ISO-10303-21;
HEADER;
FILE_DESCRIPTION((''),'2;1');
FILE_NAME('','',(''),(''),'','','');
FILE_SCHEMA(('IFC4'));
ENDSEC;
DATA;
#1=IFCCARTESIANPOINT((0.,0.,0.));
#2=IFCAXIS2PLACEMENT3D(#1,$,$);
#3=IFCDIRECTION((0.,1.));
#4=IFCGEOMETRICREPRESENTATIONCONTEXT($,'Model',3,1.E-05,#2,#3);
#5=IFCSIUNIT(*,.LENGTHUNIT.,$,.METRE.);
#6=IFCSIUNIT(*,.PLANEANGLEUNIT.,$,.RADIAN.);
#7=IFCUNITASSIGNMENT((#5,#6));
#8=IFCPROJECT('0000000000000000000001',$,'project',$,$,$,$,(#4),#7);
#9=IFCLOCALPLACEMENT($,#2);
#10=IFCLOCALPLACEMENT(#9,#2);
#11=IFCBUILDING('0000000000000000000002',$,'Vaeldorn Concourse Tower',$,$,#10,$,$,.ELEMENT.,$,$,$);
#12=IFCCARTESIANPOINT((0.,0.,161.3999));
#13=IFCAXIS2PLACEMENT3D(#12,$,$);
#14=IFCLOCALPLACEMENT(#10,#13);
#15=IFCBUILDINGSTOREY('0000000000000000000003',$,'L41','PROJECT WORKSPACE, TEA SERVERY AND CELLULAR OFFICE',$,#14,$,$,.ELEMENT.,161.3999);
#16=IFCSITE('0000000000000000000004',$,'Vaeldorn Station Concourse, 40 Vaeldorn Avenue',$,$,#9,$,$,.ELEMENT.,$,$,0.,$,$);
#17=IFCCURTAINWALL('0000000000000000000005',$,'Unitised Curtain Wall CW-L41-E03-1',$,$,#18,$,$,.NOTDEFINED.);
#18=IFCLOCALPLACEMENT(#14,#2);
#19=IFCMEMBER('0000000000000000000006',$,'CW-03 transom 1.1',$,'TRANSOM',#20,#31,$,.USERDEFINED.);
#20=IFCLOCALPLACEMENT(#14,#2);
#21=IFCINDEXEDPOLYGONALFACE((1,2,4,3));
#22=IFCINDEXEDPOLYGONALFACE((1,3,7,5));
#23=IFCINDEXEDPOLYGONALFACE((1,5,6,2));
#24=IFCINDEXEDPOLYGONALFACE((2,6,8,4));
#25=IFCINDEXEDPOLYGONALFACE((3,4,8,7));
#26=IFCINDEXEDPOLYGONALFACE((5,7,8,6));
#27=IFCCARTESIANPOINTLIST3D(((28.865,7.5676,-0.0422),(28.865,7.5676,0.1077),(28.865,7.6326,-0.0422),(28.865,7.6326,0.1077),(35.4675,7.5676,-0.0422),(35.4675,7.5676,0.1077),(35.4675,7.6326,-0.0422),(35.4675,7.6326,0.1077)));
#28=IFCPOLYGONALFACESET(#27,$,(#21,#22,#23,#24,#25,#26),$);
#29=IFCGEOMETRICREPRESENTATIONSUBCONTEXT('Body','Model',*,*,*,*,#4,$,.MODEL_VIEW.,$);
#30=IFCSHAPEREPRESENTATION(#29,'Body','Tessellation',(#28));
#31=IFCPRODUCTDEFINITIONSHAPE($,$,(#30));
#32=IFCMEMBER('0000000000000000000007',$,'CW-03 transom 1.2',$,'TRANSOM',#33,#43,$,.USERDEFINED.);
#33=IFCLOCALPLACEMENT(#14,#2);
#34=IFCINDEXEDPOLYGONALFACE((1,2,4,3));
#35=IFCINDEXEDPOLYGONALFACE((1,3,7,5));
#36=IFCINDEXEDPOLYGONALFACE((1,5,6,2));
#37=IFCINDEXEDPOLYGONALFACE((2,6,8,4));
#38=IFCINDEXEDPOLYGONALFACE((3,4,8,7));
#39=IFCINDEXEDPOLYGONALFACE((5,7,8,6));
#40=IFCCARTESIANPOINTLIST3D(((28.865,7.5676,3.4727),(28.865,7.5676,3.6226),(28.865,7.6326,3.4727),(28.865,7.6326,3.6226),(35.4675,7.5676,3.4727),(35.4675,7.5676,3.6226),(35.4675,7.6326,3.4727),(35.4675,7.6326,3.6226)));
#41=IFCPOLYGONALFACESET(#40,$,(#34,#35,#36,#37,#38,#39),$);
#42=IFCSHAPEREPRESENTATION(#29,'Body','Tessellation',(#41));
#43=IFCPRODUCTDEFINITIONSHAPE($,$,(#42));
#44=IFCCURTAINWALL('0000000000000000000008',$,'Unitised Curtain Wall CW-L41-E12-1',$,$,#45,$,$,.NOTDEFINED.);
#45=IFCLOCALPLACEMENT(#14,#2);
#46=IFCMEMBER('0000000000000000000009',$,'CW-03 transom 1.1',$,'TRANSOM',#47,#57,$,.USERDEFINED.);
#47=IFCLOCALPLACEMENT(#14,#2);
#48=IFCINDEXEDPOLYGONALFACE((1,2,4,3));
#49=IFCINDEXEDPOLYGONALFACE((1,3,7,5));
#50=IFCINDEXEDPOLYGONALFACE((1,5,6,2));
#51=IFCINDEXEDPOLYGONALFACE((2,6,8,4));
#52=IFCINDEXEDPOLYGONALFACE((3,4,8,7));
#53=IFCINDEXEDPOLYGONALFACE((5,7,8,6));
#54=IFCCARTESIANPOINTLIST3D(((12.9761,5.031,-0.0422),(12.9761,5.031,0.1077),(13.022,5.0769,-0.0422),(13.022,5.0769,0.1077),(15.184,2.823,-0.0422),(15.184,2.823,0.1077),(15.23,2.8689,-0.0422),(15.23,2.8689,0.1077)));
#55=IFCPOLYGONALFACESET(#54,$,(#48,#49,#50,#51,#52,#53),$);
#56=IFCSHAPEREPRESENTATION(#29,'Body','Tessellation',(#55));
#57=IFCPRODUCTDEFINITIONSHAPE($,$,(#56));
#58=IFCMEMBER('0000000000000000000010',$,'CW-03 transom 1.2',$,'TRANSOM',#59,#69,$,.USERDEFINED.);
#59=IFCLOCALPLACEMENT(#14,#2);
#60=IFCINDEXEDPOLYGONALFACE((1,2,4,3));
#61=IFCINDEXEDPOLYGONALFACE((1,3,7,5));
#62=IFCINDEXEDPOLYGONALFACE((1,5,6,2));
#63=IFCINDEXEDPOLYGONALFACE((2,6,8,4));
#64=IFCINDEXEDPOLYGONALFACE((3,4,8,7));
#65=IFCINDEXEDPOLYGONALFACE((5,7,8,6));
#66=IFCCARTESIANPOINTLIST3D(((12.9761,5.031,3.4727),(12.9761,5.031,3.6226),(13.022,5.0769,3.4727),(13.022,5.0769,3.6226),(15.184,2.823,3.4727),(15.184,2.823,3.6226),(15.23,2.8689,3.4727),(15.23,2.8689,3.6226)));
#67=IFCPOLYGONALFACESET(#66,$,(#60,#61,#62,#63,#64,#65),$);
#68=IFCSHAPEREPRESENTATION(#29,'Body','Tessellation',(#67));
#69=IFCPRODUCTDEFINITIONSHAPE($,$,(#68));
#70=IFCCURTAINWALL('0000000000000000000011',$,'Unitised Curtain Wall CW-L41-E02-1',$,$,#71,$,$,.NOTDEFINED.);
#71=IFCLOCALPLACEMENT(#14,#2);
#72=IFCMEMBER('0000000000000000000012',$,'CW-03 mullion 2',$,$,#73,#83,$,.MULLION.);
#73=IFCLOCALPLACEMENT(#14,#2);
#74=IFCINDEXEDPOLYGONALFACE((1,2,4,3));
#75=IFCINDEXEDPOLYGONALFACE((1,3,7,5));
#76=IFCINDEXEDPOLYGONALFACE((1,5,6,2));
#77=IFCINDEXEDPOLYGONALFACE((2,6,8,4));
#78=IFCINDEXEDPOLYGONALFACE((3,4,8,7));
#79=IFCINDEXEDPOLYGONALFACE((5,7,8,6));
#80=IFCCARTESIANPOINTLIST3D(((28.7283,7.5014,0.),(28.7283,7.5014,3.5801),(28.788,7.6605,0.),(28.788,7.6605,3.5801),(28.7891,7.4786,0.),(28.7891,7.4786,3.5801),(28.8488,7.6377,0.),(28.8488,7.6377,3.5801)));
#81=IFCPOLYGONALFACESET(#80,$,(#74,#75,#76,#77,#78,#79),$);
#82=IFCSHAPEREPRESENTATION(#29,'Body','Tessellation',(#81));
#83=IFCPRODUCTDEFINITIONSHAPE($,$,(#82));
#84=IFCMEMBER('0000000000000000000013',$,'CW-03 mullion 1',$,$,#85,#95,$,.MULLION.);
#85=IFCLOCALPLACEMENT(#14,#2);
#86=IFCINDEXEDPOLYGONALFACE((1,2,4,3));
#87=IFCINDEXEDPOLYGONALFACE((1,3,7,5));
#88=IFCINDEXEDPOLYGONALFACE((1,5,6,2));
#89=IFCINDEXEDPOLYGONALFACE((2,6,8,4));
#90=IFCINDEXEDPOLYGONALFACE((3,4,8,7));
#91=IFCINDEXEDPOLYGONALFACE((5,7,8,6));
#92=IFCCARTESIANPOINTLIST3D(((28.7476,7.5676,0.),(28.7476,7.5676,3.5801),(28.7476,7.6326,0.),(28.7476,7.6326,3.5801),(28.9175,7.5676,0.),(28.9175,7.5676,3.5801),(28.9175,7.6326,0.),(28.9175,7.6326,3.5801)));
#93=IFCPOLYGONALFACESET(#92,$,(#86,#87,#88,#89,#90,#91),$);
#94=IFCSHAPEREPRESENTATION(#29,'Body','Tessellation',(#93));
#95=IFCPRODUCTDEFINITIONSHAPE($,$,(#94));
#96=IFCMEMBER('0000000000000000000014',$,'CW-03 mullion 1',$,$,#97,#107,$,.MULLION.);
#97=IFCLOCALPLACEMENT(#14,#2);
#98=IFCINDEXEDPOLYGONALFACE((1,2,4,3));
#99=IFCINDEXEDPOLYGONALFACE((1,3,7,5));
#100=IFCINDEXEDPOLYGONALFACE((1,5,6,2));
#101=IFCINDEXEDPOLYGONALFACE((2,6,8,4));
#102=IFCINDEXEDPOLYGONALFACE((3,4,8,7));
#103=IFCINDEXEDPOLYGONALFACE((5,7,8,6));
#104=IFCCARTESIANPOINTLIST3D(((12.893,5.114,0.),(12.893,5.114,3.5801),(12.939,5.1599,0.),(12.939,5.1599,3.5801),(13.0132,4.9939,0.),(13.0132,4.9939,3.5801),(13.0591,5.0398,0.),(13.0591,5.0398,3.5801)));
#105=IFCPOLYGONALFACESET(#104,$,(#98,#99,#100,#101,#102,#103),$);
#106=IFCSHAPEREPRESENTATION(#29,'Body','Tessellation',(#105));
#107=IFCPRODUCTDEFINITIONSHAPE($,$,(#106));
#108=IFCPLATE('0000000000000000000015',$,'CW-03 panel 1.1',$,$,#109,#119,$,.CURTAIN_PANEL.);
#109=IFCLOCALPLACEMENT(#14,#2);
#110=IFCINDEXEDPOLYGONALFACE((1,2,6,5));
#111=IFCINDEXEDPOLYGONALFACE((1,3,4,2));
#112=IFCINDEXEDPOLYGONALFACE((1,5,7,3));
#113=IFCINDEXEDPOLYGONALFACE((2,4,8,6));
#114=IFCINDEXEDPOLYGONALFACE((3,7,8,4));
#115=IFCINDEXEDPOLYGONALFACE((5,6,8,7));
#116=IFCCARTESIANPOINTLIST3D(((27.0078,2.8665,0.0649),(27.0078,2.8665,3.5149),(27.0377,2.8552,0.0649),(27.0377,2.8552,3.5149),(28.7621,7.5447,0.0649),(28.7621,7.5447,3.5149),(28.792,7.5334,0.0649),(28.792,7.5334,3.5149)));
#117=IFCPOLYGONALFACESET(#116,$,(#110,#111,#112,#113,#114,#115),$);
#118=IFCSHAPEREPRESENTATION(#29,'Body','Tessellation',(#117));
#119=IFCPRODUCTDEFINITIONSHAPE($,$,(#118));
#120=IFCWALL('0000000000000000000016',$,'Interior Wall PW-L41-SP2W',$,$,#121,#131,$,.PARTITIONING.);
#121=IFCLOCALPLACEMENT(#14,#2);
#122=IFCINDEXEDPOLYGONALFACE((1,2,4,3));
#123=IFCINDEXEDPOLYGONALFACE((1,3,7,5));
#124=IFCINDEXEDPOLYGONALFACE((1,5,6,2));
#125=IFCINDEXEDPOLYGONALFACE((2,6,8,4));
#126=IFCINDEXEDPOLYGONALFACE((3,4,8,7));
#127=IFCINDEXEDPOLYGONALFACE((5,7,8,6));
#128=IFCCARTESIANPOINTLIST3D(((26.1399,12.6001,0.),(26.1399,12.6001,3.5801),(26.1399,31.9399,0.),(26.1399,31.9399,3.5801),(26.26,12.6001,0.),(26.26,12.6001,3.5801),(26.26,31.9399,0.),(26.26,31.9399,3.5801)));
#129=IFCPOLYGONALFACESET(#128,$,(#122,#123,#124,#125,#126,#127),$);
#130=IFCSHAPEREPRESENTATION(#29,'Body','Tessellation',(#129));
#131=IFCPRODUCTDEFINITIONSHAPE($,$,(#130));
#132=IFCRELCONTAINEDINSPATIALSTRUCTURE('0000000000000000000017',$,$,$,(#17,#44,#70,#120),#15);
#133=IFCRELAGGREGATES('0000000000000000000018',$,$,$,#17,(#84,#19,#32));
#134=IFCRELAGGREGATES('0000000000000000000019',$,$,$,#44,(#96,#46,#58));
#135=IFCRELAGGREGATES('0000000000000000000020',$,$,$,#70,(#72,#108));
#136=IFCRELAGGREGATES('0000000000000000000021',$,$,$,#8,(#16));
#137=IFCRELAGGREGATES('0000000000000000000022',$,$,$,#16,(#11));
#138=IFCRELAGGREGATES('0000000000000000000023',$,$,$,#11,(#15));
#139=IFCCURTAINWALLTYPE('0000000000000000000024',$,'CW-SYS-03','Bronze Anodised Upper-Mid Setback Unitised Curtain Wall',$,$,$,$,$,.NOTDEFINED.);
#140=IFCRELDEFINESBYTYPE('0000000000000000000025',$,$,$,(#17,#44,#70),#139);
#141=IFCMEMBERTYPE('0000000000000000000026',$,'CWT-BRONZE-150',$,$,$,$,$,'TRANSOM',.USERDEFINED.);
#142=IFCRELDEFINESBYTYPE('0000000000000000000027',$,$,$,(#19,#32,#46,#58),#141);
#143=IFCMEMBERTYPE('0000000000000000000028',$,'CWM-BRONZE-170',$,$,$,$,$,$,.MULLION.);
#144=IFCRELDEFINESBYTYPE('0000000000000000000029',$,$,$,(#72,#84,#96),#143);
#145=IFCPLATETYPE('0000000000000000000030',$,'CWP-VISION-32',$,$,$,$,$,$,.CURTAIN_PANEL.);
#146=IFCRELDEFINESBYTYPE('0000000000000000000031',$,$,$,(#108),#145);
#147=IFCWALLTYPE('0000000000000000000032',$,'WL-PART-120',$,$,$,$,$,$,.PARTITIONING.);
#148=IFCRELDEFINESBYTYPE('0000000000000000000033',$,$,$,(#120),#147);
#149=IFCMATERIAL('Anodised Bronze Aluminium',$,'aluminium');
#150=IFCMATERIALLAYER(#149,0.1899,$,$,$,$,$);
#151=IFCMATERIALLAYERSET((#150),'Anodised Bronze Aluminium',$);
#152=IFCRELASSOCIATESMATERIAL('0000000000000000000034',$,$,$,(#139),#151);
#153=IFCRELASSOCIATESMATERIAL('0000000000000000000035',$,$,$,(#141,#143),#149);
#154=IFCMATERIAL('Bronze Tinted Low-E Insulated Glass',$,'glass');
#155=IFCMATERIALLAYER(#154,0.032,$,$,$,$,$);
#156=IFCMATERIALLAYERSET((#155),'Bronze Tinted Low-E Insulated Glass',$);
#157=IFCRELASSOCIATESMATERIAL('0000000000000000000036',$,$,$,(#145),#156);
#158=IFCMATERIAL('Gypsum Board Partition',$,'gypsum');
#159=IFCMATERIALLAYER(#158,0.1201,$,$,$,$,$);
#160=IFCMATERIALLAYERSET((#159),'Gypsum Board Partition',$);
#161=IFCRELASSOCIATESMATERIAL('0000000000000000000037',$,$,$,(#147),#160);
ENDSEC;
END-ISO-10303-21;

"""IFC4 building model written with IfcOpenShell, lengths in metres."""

from ifc_helpers import new_model, si_unit, direction, frame, frame_2d, origin, origin_2d, place, context, subcontext, project, spatial, rectangle, extrude, source, transform, mapped, material, layer, layer_set, material_profile, profile_set, type_object, element, aggregate, save


model = new_model("IFC4")

# Units and contexts
model_context = context("Model", 3, precision=1e-05, world=origin(), true_north=direction((0.0, 1.0)))
body_context = subcontext(model_context, "Body", "Model", "MODEL_VIEW")
ifc_project = project(units=[si_unit("LENGTHUNIT", "METRE"), si_unit("PLANEANGLEUNIT", "RADIAN")], contexts=[model_context])

# Site, building, storey
site_placement = place(None, origin())
site = spatial("IfcSite", under=ifc_project, at=site_placement, Name="Vaeldorn Station Concourse, 40 Vaeldorn Avenue", CompositionType="ELEMENT", RefElevation=0.0)
building_placement = place(site_placement, origin())
building = spatial("IfcBuilding", under=site, at=building_placement, Name="Vaeldorn Concourse Tower", CompositionType="ELEMENT")
storey_placement = place(building_placement, frame((0.0, 0.0, 161.3999)))
storey = spatial("IfcBuildingStorey", under=building, at=storey_placement, Name="L41", Description="PROJECT WORKSPACE, TEA SERVERY AND CELLULAR OFFICE", CompositionType="ELEMENT", Elevation=161.3999)

# Curtain walls, members
ifc_material_1 = material(Name="Anodised Bronze Aluminium", Category="aluminium")
ifc_layer_1 = layer(ifc_material_1, 0.1899)
ifc_layer_set_1 = layer_set([ifc_layer_1], Name="Anodised Bronze Aluminium")
curtain_wall_type = type_object("IfcCurtainWallType", Name="CW-SYS-03", Description="Bronze Anodised Upper-Mid Setback Unitised Curtain Wall", PredefinedType="NOTDEFINED", material=ifc_layer_set_1)
curtain_wall_1_placement = place(storey_placement, origin())
curtain_wall_1 = element("IfcCurtainWall", 1, at=curtain_wall_1_placement, inside=storey, type_object=curtain_wall_type, Name="Unitised Curtain Wall CW-L41-E03-1", PredefinedType="NOTDEFINED")
ifc_material_profile_1 = material_profile(ifc_material_1, rectangle(XDim=0.0649, YDim=0.1499, at=origin_2d()), Name="CWT 65x150")
ifc_profile_set_1 = profile_set([ifc_material_profile_1], Name="Anodised Bronze Aluminium")
member_type_1 = type_object("IfcMemberType", Name="CWT-BRONZE-150", ElementType="TRANSOM", PredefinedType="USERDEFINED", material=ifc_profile_set_1)
shared_shape_1 = source(origin(), body_context, "Body", "SweptSolid", [
    extrude(rectangle(XDim=0.0649, YDim=0.1499, at=origin_2d()), origin(), (0.0, 0.0, 1.0), 6.6025),
])
member_1_placement = place(storey_placement, frame((28.865, 7.6001, 0.0327), z_axis=(1.0, 0.0, 0.0), x_axis=(0.0, 1.0, 0.0)))
member_1 = element("IfcMember", 2, at=member_1_placement, type_object=member_type_1, Name="CW-03 transom 1.1", ObjectType="TRANSOM", PredefinedType="USERDEFINED", context=body_context, shape_type="MappedRepresentation", body=[
    mapped(shared_shape_1, transform((0.0, 0.0, 0.0), scale=1.0)),
])
member_2_placement = place(storey_placement, frame((28.865, 7.6001, 3.5476), z_axis=(1.0, 0.0, 0.0), x_axis=(0.0, 1.0, 0.0)))
member_2 = element("IfcMember", 3, at=member_2_placement, type_object=member_type_1, Name="CW-03 transom 1.2", ObjectType="TRANSOM", PredefinedType="USERDEFINED", context=body_context, shape_type="MappedRepresentation", body=[
    mapped(shared_shape_1, transform((0.0, 0.0, 0.0), scale=1.0)),
])
curtain_wall_2_placement = place(storey_placement, origin())
curtain_wall_2 = element("IfcCurtainWall", 4, at=curtain_wall_2_placement, inside=storey, type_object=curtain_wall_type, Name="Unitised Curtain Wall CW-L41-E12-1", PredefinedType="NOTDEFINED")
shared_shape_2 = source(origin(), body_context, "Body", "SweptSolid", [
    extrude(rectangle(XDim=0.0649, YDim=0.1499, at=origin_2d()), origin(), (0.0, 0.0, 1.0), 3.1226),
])
member_3_placement = place(storey_placement, frame((12.999, 5.054, 0.0327), z_axis=(0.707107, -0.707107, 0.0), x_axis=(0.707107, 0.707107, 0.0)))
member_3 = element("IfcMember", 5, at=member_3_placement, type_object=member_type_1, Name="CW-03 transom 1.1", ObjectType="TRANSOM", PredefinedType="USERDEFINED", context=body_context, shape_type="MappedRepresentation", body=[
    mapped(shared_shape_2, transform((0.0, 0.0, 0.0), scale=1.0)),
])
member_4_placement = place(storey_placement, frame((12.999, 5.054, 3.5476), z_axis=(0.707107, -0.707107, 0.0), x_axis=(0.707107, 0.707107, 0.0)))
member_4 = element("IfcMember", 6, at=member_4_placement, type_object=member_type_1, Name="CW-03 transom 1.2", ObjectType="TRANSOM", PredefinedType="USERDEFINED", context=body_context, shape_type="MappedRepresentation", body=[
    mapped(shared_shape_2, transform((0.0, 0.0, 0.0), scale=1.0)),
])

# Curtain wall, member
curtain_wall_3_placement = place(storey_placement, origin())
curtain_wall_3 = element("IfcCurtainWall", 7, at=curtain_wall_3_placement, inside=storey, type_object=curtain_wall_type, Name="Unitised Curtain Wall CW-L41-E02-1", PredefinedType="NOTDEFINED")
ifc_material_profile_2 = material_profile(ifc_material_1, rectangle(XDim=0.0649, YDim=0.1699, at=origin_2d()), Name="CWM 65x170")
ifc_profile_set_2 = profile_set([ifc_material_profile_2], Name="Anodised Bronze Aluminium")
member_type_2 = type_object("IfcMemberType", Name="CWM-BRONZE-170", PredefinedType="MULLION", material=ifc_profile_set_2)
shared_shape_3 = source(origin(), body_context, "Body", "SweptSolid", [
    extrude(rectangle(XDim=0.0649, YDim=0.1699, at=origin_2d()), origin(), (0.0, 0.0, 1.0), 3.5801),
])
member_5_placement = place(storey_placement, frame((28.7886, 7.5696, 0.0), z_axis=(0.0, 0.0, 1.0), x_axis=(-0.936329, 0.351123, 0.0)))
member_5 = element("IfcMember", 8, at=member_5_placement, type_object=member_type_2, Name="CW-03 mullion 2", PredefinedType="MULLION", context=body_context, shape_type="MappedRepresentation", body=[
    mapped(shared_shape_3, transform((0.0, 0.0, 0.0), scale=1.0)),
])

# Members
member_6_placement = place(storey_placement, frame((28.8325, 7.6001, 0.0), z_axis=(0.0, 0.0, 1.0), x_axis=(0.0, 1.0, 0.0)))
member_6 = element("IfcMember", 9, at=member_6_placement, type_object=member_type_2, Name="CW-03 mullion 1", PredefinedType="MULLION", context=body_context, shape_type="MappedRepresentation", body=[
    mapped(shared_shape_3, transform((0.0, 0.0, 0.0), scale=1.0)),
])
aggregate(curtain_wall_1, [member_6, member_1, member_2])
member_7_placement = place(storey_placement, frame((12.9761, 5.0769, 0.0), z_axis=(0.0, 0.0, 1.0), x_axis=(0.707107, 0.707107, 0.0)))
member_7 = element("IfcMember", 10, at=member_7_placement, type_object=member_type_2, Name="CW-03 mullion 1", PredefinedType="MULLION", context=body_context, shape_type="MappedRepresentation", body=[
    mapped(shared_shape_3, transform((0.0, 0.0, 0.0), scale=1.0)),
])
aggregate(curtain_wall_2, [member_7, member_3, member_4])

# Plate
ifc_material_2 = material(Name="Bronze Tinted Low-E Insulated Glass", Category="glass")
ifc_layer_2 = layer(ifc_material_2, 0.032)
ifc_layer_set_2 = layer_set([ifc_layer_2], Name="Bronze Tinted Low-E Insulated Glass")
plate_type = type_object("IfcPlateType", Name="CWP-VISION-32", PredefinedType="CURTAIN_PANEL", material=ifc_layer_set_2)
shared_shape_4 = source(origin(), body_context, "Body", "SweptSolid", [
    extrude(rectangle(XDim=4.9963, YDim=0.032, at=origin_2d()), origin(), (0.0, 0.0, 1.0), 3.45),
])
plate_placement = place(storey_placement, frame((27.8999, 5.2, 0.0649), z_axis=(0.0, 0.0, 1.0), x_axis=(0.351123, 0.936329, 0.0)))
plate = element("IfcPlate", 11, at=plate_placement, type_object=plate_type, Name="CW-03 panel 1.1", PredefinedType="CURTAIN_PANEL", context=body_context, shape_type="MappedRepresentation", body=[
    mapped(shared_shape_4, transform((0.0, 0.0, 0.0), scale=1.0)),
])
aggregate(curtain_wall_3, [member_5, plate])

# Wall
ifc_material_3 = material(Name="Gypsum Board Partition", Category="gypsum")
ifc_layer_3 = layer(ifc_material_3, 0.1201)
ifc_layer_set_3 = layer_set([ifc_layer_3], Name="Gypsum Board Partition")
wall_type = type_object("IfcWallType", Name="WL-PART-120", PredefinedType="PARTITIONING", material=ifc_layer_set_3)
wall_1_placement = place(storey_placement, frame((26.2, 12.6001, 0.0), z_axis=(0.0, 0.0, 1.0), x_axis=(0.0, 1.0, 0.0)))
element("IfcWall", 12, at=wall_1_placement, inside=storey, type_object=wall_type, Name="Interior Wall PW-L41-SP2W", PredefinedType="PARTITIONING", context=body_context, shape_type="SweptSolid", body=[
    extrude(rectangle(XDim=19.3398, YDim=0.1201, at=frame_2d((9.6699, 0.0))), origin(), (0.0, 0.0, 1.0), 3.5801),
])

save(model, "model.ifc")
